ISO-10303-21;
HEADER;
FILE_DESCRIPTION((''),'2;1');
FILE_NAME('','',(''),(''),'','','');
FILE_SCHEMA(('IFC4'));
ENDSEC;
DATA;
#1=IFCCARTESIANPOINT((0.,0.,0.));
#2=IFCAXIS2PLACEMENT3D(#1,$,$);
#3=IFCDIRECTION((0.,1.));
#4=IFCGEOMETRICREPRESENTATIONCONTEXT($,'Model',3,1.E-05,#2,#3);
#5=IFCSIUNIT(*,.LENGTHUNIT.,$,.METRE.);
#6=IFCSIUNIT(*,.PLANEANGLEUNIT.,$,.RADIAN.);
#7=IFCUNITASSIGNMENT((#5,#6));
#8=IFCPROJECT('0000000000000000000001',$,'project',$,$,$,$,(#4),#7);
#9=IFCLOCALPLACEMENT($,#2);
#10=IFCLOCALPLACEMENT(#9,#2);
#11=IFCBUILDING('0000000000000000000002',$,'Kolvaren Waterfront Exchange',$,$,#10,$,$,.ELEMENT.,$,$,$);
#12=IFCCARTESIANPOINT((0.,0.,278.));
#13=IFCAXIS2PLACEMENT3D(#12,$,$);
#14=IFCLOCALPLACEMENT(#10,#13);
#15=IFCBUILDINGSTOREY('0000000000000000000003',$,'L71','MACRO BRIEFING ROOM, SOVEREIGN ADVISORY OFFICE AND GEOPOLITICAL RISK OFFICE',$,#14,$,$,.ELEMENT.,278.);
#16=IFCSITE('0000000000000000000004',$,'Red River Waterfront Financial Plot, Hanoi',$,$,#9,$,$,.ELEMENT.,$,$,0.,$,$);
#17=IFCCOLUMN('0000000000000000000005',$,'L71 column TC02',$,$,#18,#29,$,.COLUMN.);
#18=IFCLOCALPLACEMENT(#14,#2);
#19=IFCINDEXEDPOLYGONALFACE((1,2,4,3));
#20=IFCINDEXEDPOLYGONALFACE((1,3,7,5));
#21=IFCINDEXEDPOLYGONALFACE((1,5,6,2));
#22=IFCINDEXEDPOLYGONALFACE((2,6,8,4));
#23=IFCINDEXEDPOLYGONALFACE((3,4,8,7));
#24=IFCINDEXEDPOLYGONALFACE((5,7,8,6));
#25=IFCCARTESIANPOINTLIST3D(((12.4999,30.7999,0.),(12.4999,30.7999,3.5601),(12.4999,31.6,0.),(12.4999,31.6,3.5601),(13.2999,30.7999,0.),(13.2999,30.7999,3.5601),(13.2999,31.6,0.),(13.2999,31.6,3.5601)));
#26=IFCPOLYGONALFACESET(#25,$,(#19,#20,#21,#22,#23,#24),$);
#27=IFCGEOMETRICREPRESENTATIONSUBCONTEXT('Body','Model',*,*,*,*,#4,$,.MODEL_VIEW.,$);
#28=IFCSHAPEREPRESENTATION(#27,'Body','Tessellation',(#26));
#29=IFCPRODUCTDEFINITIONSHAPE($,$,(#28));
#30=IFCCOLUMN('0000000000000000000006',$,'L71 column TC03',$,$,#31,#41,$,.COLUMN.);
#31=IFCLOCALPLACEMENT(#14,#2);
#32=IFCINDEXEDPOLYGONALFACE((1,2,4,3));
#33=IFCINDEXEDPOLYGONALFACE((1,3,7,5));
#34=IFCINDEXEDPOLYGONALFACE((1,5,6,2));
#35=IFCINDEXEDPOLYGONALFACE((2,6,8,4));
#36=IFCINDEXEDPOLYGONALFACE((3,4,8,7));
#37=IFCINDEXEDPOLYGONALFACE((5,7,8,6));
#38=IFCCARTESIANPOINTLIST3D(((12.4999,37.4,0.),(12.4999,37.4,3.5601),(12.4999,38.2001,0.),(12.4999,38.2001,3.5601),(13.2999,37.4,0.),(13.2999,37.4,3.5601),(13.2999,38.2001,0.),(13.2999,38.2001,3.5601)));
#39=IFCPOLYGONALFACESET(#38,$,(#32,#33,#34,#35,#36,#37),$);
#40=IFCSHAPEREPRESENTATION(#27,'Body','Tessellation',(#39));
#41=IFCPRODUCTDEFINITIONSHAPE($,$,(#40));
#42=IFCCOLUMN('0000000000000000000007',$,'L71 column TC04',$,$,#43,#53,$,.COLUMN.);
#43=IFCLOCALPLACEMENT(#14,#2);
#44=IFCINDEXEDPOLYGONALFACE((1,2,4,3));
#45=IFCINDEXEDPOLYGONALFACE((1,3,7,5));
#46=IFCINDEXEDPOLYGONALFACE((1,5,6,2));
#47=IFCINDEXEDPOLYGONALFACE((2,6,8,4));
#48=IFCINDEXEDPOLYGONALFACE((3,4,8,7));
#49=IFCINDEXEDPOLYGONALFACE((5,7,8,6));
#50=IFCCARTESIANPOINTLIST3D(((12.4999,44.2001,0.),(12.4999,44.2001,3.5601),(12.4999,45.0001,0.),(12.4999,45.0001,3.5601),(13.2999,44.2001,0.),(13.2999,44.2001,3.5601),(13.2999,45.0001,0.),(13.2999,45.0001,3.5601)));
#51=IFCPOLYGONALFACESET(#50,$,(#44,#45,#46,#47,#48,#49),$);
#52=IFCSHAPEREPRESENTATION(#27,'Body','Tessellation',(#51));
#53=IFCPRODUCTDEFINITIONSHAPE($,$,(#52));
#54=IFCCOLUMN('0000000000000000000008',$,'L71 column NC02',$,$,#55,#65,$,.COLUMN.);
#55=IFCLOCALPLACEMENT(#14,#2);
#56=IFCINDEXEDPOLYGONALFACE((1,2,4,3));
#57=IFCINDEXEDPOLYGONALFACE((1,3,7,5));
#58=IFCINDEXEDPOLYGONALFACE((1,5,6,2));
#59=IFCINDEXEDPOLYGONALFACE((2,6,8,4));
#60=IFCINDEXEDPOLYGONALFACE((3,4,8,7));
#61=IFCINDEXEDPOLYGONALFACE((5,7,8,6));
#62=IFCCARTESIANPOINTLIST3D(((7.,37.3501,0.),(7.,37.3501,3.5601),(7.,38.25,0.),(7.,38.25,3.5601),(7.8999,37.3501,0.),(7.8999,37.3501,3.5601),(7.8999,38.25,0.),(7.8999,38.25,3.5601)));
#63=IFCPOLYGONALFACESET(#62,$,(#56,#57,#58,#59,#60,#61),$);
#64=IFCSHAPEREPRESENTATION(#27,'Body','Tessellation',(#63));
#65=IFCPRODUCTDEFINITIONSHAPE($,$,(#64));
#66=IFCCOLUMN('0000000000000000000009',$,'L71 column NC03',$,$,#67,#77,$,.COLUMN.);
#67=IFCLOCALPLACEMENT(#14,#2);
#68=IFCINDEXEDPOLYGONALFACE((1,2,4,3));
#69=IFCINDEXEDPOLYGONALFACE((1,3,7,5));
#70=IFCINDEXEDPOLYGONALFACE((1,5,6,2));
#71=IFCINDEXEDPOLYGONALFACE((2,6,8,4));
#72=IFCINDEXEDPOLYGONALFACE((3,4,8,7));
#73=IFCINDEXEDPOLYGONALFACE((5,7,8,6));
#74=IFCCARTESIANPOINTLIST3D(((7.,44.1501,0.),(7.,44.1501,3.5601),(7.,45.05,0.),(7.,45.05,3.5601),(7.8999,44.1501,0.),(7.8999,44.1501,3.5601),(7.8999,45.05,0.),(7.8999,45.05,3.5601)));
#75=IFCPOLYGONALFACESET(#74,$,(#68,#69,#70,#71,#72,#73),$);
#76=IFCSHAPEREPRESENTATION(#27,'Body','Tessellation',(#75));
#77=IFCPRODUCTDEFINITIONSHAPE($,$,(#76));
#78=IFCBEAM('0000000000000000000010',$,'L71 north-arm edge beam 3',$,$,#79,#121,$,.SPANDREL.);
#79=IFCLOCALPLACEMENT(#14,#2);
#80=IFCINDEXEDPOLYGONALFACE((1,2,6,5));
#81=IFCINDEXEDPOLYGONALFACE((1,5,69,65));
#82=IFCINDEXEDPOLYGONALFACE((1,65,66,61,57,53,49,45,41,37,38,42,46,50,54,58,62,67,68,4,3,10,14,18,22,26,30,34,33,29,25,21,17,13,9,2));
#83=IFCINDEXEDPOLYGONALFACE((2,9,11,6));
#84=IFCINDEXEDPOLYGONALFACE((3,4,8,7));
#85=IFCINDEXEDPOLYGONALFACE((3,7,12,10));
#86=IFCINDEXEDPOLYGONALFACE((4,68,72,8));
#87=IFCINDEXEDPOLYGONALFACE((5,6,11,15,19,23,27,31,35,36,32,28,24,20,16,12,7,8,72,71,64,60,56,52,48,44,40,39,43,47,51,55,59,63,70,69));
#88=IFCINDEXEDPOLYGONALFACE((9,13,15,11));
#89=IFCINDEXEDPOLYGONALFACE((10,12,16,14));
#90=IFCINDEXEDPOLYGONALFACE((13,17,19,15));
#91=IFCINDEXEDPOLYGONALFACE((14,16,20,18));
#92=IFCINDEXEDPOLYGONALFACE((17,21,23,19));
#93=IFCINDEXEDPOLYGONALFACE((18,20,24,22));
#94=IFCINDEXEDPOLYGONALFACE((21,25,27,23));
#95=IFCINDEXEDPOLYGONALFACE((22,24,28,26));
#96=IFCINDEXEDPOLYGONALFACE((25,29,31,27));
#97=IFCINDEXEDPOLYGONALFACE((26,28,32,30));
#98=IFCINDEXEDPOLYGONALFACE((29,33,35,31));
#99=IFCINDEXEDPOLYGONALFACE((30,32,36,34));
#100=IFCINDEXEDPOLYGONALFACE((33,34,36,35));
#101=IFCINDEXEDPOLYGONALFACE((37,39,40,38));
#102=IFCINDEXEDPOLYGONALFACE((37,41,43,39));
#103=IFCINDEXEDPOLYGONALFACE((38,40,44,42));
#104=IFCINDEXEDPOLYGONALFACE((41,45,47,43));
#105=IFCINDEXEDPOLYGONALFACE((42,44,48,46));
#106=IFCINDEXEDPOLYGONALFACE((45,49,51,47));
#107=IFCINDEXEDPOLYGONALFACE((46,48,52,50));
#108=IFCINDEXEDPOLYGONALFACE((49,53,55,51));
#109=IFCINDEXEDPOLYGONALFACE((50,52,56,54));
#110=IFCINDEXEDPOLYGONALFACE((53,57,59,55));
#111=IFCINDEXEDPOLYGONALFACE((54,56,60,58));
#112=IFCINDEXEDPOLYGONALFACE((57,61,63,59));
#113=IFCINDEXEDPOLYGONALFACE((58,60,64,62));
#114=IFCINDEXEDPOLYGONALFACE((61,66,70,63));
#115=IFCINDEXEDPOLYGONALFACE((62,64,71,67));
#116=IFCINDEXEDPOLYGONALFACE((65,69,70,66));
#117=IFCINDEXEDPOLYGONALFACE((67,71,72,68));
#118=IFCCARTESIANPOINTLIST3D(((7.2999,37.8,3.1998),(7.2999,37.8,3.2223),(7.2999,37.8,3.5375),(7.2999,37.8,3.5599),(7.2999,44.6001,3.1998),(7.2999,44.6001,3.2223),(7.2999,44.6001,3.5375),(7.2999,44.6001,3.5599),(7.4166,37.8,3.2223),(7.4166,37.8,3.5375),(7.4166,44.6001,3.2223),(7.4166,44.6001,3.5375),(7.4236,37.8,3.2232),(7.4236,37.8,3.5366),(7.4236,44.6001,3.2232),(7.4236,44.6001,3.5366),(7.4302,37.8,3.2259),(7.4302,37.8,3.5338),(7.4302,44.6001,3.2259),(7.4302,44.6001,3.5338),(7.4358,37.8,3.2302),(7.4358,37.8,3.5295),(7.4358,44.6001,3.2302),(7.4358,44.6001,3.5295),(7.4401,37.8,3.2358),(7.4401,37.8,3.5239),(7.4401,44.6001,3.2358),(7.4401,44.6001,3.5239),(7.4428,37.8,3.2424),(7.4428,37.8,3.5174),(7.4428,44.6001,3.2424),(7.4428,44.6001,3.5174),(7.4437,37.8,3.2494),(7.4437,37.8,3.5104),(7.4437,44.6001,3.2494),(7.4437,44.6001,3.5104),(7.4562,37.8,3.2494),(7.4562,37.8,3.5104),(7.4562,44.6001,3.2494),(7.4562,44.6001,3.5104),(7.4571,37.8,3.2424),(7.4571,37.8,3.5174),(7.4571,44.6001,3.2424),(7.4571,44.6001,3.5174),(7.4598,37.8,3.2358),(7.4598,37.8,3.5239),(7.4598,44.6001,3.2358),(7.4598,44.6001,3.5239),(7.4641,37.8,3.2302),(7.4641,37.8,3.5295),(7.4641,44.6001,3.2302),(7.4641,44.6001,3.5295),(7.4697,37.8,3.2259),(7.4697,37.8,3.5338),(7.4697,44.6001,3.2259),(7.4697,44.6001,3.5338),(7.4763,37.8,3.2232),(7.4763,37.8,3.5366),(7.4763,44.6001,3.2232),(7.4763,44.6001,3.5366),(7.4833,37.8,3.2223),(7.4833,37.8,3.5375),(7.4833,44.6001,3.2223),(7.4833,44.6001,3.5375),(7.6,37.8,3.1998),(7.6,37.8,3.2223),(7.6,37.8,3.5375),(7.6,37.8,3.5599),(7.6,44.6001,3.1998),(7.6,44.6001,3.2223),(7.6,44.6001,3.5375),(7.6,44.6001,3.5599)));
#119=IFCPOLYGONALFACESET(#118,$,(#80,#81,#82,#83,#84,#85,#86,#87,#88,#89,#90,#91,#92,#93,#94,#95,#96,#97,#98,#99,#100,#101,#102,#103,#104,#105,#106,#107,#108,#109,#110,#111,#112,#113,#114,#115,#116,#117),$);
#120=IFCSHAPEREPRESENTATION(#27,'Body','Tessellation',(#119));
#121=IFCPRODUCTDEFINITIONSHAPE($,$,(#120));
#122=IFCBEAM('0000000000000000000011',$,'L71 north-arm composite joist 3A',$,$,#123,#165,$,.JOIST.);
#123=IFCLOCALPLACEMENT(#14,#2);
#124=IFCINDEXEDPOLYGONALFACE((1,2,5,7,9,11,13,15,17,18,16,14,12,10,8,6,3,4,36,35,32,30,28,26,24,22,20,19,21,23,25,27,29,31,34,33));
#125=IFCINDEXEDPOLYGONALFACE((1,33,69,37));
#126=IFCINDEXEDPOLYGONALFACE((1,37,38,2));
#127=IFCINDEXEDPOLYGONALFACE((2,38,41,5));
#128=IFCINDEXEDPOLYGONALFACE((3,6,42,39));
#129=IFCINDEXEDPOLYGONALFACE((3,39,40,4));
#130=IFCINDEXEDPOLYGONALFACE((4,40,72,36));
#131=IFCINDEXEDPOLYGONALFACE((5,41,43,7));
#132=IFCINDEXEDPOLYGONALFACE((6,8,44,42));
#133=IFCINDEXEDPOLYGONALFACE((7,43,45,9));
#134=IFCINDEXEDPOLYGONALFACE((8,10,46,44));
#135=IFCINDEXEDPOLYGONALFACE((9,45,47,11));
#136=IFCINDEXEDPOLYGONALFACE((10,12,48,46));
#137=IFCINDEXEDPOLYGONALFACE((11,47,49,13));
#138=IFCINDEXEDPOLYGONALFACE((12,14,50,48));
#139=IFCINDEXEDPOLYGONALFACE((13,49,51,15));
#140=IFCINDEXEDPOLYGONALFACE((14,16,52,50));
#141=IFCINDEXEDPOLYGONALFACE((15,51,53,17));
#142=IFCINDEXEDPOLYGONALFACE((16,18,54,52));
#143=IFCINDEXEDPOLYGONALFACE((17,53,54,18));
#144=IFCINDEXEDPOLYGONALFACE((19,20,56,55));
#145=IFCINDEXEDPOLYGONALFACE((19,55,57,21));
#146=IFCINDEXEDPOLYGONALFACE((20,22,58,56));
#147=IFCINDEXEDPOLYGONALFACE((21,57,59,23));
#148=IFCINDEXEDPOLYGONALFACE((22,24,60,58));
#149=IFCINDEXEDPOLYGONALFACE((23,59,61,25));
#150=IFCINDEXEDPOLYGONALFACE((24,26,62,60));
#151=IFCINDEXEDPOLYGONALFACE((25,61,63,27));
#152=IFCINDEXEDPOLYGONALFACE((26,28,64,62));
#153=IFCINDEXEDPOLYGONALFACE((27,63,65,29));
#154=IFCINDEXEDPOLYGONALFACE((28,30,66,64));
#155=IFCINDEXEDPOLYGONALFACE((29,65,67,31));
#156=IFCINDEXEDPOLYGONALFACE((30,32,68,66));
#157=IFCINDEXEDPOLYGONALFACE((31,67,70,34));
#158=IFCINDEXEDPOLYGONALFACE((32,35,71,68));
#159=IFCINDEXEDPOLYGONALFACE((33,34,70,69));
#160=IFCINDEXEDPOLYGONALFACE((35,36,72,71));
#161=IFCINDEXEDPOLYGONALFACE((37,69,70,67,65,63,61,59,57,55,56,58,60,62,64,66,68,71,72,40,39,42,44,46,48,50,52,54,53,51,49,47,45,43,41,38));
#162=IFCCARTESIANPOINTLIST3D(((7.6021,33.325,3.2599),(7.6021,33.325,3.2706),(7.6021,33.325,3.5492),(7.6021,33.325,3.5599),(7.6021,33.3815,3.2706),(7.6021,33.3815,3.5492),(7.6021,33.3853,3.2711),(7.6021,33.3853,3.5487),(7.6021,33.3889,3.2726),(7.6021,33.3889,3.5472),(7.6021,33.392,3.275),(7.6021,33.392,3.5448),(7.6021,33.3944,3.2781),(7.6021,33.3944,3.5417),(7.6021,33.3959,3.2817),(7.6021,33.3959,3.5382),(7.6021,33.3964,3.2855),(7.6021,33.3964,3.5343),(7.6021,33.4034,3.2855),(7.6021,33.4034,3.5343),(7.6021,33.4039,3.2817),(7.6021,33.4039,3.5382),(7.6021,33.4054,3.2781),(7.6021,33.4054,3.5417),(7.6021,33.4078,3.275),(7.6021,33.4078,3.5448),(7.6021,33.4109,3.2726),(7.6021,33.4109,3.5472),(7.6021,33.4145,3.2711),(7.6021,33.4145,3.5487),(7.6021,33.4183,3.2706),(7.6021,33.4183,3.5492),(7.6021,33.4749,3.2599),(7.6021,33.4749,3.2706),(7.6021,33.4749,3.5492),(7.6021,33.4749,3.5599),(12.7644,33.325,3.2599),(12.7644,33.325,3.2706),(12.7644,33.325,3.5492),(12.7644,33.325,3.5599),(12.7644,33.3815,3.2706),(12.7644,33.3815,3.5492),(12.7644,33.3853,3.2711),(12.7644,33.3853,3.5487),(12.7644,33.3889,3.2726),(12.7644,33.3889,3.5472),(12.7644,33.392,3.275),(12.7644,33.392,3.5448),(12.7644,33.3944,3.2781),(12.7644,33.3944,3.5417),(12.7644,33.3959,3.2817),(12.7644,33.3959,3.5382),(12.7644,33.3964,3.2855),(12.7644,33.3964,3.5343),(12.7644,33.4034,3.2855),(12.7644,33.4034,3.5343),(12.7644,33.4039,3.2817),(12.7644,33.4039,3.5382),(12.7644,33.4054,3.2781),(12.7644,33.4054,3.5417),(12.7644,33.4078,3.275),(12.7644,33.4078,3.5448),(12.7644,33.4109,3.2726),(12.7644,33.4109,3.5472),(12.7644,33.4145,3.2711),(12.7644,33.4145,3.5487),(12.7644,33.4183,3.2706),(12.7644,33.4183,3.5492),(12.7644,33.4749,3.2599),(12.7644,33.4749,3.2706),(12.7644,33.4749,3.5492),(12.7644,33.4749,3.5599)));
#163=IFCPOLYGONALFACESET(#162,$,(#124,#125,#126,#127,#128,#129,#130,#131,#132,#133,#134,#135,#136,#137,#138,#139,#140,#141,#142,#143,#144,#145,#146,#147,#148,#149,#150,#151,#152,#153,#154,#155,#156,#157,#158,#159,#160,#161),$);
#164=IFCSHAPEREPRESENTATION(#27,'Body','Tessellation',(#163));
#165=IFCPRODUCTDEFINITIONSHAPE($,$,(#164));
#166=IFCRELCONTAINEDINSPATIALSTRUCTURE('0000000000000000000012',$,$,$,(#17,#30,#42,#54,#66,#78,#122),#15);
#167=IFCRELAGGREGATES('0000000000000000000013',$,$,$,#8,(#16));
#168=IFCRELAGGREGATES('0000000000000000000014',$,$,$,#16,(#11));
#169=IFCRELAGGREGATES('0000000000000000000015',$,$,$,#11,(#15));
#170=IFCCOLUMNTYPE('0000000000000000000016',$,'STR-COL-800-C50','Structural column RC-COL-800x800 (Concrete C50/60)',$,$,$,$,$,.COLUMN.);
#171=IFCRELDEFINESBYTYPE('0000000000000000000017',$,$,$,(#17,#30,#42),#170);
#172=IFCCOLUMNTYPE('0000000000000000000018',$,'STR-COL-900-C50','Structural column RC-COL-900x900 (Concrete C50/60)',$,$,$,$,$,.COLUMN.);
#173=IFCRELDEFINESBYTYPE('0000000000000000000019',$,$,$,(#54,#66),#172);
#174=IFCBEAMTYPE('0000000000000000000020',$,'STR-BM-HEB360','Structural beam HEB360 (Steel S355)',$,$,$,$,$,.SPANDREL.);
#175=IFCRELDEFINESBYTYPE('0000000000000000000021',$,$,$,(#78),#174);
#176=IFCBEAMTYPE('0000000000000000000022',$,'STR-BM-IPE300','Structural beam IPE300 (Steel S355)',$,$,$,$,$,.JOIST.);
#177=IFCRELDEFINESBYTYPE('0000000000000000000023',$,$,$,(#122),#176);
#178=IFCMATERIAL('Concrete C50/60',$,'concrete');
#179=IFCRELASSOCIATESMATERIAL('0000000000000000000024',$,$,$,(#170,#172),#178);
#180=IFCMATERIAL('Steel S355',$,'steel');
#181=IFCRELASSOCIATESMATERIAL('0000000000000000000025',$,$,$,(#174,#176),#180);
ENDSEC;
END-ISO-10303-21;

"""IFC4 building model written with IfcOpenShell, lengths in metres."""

from ifc_helpers import new_model, si_unit, direction, frame, origin, origin_2d, place, context, subcontext, project, spatial, rectangle, i_section, extrude, material, material_profile, profile_set, type_object, element, save


model = new_model("IFC4")

# Units and contexts
model_context = context("Model", 3, precision=1e-05, world=origin(), true_north=direction((0.0, 1.0)))
body_context = subcontext(model_context, "Body", "Model", "MODEL_VIEW")
ifc_project = project(units=[si_unit("LENGTHUNIT", "METRE"), si_unit("PLANEANGLEUNIT", "RADIAN")], contexts=[model_context])

# Site, building, storey
site_placement = place(None, origin())
site = spatial("IfcSite", under=ifc_project, at=site_placement, Name="Red River Waterfront Financial Plot, Hanoi", CompositionType="ELEMENT", RefElevation=0.0)
building_placement = place(site_placement, origin())
building = spatial("IfcBuilding", under=site, at=building_placement, Name="Kolvaren Waterfront Exchange", CompositionType="ELEMENT")
storey_placement = place(building_placement, frame((0.0, 0.0, 278.0)))
storey = spatial("IfcBuildingStorey", under=building, at=storey_placement, Name="L71", Description="MACRO BRIEFING ROOM, SOVEREIGN ADVISORY OFFICE AND GEOPOLITICAL RISK OFFICE", CompositionType="ELEMENT", Elevation=278.0)

# Columns
ifc_material_1 = material(Name="Concrete C50/60", Category="concrete")
ifc_material_profile_1 = material_profile(ifc_material_1, rectangle(XDim=0.8, YDim=0.8, at=origin_2d()), Name="RC-COL-800x800")
ifc_profile_set_1 = profile_set([ifc_material_profile_1], Name="Concrete C50/60")
column_type_1 = type_object("IfcColumnType", Name="STR-COL-800-C50", Description="Structural column RC-COL-800x800 (Concrete C50/60)", PredefinedType="COLUMN", material=ifc_profile_set_1)
for number, where, z_axis, x_axis, name in (
    (1, (12.8999, 31.2, 0.0), (0.0, 0.0, 1.0), (1.0, 0.0, 0.0), "L71 column TC02"),
    (2, (12.8999, 37.8, 0.0), (0.0, 0.0, 1.0), (1.0, 0.0, 0.0), "L71 column TC03"),
    (3, (12.8999, 44.6001, 0.0), (0.0, 0.0, 1.0), (1.0, 0.0, 0.0), "L71 column TC04"),
):
    element("IfcColumn", number, at=place(storey_placement, frame(where, z_axis=z_axis, x_axis=x_axis)), inside=storey, type_object=column_type_1, Name=name, PredefinedType="COLUMN", context=body_context, shape_type="SweptSolid", body=[
        extrude(rectangle(XDim=0.8, YDim=0.8, at=origin_2d()), origin(), (0.0, 0.0, 1.0), 3.5601),
    ])
ifc_material_profile_2 = material_profile(ifc_material_1, rectangle(XDim=0.8999, YDim=0.8999, at=origin_2d()), Name="RC-COL-900x900")
ifc_profile_set_2 = profile_set([ifc_material_profile_2], Name="Concrete C50/60")
column_type_2 = type_object("IfcColumnType", Name="STR-COL-900-C50", Description="Structural column RC-COL-900x900 (Concrete C50/60)", PredefinedType="COLUMN", material=ifc_profile_set_2)
for number, where, z_axis, x_axis, name in (
    (4, (7.45, 37.8, 0.0), (0.0, 0.0, 1.0), (1.0, 0.0, 0.0), "L71 column NC02"),
    (5, (7.45, 44.6001, 0.0), (0.0, 0.0, 1.0), (1.0, 0.0, 0.0), "L71 column NC03"),
):
    element("IfcColumn", number, at=place(storey_placement, frame(where, z_axis=z_axis, x_axis=x_axis)), inside=storey, type_object=column_type_2, Name=name, PredefinedType="COLUMN", context=body_context, shape_type="SweptSolid", body=[
        extrude(rectangle(XDim=0.8999, YDim=0.8999, at=origin_2d()), origin(), (0.0, 0.0, 1.0), 3.5601),
    ])

# Beams
ifc_material_2 = material(Name="Steel S355", Category="steel")
ifc_material_profile_3 = material_profile(ifc_material_2, i_section(OverallWidth=0.3, OverallDepth=0.3601, WebThickness=0.0125, FlangeThickness=0.0225, FilletRadius=0.0271, at=origin_2d()), Name="HEB360")
ifc_profile_set_3 = profile_set([ifc_material_profile_3], Name="Steel S355")
beam_type_1 = type_object("IfcBeamType", Name="STR-BM-HEB360", Description="Structural beam HEB360 (Steel S355)", PredefinedType="SPANDREL", material=ifc_profile_set_3)
beam_1_placement = place(storey_placement, frame((7.45, 37.8, 3.3799), z_axis=(0.0, 1.0, 0.0), x_axis=(-1.0, 0.0, 0.0)))
element("IfcBeam", 6, at=beam_1_placement, inside=storey, type_object=beam_type_1, Name="L71 north-arm edge beam 3", PredefinedType="SPANDREL", context=body_context, shape_type="SweptSolid", body=[
    extrude(i_section(OverallWidth=0.3, OverallDepth=0.3601, WebThickness=0.0125, FlangeThickness=0.0225, FilletRadius=0.0271, at=origin_2d()), origin(), (0.0, 0.0, 1.0), 6.8),
])
ifc_material_profile_4 = material_profile(ifc_material_2, i_section(OverallWidth=0.1499, OverallDepth=0.3, WebThickness=0.0071, FlangeThickness=0.0107, FilletRadius=0.0149, at=origin_2d()), Name="IPE300")
ifc_profile_set_4 = profile_set([ifc_material_profile_4], Name="Steel S355")
beam_type_2 = type_object("IfcBeamType", Name="STR-BM-IPE300", Description="Structural beam IPE300 (Steel S355)", PredefinedType="JOIST", material=ifc_profile_set_4)
beam_2_placement = place(storey_placement, frame((7.6021, 33.3999, 3.4099), z_axis=(1.0, 0.0, 0.0), x_axis=(0.0, 1.0, 0.0)))
element("IfcBeam", 7, at=beam_2_placement, inside=storey, type_object=beam_type_2, Name="L71 north-arm composite joist 3A", PredefinedType="JOIST", context=body_context, shape_type="SweptSolid", body=[
    extrude(i_section(OverallWidth=0.1499, OverallDepth=0.3, WebThickness=0.0071, FlangeThickness=0.0107, FilletRadius=0.0149, at=origin_2d()), origin(), (0.0, 0.0, 1.0), 5.1624),
])

save(model, "model.ifc")
